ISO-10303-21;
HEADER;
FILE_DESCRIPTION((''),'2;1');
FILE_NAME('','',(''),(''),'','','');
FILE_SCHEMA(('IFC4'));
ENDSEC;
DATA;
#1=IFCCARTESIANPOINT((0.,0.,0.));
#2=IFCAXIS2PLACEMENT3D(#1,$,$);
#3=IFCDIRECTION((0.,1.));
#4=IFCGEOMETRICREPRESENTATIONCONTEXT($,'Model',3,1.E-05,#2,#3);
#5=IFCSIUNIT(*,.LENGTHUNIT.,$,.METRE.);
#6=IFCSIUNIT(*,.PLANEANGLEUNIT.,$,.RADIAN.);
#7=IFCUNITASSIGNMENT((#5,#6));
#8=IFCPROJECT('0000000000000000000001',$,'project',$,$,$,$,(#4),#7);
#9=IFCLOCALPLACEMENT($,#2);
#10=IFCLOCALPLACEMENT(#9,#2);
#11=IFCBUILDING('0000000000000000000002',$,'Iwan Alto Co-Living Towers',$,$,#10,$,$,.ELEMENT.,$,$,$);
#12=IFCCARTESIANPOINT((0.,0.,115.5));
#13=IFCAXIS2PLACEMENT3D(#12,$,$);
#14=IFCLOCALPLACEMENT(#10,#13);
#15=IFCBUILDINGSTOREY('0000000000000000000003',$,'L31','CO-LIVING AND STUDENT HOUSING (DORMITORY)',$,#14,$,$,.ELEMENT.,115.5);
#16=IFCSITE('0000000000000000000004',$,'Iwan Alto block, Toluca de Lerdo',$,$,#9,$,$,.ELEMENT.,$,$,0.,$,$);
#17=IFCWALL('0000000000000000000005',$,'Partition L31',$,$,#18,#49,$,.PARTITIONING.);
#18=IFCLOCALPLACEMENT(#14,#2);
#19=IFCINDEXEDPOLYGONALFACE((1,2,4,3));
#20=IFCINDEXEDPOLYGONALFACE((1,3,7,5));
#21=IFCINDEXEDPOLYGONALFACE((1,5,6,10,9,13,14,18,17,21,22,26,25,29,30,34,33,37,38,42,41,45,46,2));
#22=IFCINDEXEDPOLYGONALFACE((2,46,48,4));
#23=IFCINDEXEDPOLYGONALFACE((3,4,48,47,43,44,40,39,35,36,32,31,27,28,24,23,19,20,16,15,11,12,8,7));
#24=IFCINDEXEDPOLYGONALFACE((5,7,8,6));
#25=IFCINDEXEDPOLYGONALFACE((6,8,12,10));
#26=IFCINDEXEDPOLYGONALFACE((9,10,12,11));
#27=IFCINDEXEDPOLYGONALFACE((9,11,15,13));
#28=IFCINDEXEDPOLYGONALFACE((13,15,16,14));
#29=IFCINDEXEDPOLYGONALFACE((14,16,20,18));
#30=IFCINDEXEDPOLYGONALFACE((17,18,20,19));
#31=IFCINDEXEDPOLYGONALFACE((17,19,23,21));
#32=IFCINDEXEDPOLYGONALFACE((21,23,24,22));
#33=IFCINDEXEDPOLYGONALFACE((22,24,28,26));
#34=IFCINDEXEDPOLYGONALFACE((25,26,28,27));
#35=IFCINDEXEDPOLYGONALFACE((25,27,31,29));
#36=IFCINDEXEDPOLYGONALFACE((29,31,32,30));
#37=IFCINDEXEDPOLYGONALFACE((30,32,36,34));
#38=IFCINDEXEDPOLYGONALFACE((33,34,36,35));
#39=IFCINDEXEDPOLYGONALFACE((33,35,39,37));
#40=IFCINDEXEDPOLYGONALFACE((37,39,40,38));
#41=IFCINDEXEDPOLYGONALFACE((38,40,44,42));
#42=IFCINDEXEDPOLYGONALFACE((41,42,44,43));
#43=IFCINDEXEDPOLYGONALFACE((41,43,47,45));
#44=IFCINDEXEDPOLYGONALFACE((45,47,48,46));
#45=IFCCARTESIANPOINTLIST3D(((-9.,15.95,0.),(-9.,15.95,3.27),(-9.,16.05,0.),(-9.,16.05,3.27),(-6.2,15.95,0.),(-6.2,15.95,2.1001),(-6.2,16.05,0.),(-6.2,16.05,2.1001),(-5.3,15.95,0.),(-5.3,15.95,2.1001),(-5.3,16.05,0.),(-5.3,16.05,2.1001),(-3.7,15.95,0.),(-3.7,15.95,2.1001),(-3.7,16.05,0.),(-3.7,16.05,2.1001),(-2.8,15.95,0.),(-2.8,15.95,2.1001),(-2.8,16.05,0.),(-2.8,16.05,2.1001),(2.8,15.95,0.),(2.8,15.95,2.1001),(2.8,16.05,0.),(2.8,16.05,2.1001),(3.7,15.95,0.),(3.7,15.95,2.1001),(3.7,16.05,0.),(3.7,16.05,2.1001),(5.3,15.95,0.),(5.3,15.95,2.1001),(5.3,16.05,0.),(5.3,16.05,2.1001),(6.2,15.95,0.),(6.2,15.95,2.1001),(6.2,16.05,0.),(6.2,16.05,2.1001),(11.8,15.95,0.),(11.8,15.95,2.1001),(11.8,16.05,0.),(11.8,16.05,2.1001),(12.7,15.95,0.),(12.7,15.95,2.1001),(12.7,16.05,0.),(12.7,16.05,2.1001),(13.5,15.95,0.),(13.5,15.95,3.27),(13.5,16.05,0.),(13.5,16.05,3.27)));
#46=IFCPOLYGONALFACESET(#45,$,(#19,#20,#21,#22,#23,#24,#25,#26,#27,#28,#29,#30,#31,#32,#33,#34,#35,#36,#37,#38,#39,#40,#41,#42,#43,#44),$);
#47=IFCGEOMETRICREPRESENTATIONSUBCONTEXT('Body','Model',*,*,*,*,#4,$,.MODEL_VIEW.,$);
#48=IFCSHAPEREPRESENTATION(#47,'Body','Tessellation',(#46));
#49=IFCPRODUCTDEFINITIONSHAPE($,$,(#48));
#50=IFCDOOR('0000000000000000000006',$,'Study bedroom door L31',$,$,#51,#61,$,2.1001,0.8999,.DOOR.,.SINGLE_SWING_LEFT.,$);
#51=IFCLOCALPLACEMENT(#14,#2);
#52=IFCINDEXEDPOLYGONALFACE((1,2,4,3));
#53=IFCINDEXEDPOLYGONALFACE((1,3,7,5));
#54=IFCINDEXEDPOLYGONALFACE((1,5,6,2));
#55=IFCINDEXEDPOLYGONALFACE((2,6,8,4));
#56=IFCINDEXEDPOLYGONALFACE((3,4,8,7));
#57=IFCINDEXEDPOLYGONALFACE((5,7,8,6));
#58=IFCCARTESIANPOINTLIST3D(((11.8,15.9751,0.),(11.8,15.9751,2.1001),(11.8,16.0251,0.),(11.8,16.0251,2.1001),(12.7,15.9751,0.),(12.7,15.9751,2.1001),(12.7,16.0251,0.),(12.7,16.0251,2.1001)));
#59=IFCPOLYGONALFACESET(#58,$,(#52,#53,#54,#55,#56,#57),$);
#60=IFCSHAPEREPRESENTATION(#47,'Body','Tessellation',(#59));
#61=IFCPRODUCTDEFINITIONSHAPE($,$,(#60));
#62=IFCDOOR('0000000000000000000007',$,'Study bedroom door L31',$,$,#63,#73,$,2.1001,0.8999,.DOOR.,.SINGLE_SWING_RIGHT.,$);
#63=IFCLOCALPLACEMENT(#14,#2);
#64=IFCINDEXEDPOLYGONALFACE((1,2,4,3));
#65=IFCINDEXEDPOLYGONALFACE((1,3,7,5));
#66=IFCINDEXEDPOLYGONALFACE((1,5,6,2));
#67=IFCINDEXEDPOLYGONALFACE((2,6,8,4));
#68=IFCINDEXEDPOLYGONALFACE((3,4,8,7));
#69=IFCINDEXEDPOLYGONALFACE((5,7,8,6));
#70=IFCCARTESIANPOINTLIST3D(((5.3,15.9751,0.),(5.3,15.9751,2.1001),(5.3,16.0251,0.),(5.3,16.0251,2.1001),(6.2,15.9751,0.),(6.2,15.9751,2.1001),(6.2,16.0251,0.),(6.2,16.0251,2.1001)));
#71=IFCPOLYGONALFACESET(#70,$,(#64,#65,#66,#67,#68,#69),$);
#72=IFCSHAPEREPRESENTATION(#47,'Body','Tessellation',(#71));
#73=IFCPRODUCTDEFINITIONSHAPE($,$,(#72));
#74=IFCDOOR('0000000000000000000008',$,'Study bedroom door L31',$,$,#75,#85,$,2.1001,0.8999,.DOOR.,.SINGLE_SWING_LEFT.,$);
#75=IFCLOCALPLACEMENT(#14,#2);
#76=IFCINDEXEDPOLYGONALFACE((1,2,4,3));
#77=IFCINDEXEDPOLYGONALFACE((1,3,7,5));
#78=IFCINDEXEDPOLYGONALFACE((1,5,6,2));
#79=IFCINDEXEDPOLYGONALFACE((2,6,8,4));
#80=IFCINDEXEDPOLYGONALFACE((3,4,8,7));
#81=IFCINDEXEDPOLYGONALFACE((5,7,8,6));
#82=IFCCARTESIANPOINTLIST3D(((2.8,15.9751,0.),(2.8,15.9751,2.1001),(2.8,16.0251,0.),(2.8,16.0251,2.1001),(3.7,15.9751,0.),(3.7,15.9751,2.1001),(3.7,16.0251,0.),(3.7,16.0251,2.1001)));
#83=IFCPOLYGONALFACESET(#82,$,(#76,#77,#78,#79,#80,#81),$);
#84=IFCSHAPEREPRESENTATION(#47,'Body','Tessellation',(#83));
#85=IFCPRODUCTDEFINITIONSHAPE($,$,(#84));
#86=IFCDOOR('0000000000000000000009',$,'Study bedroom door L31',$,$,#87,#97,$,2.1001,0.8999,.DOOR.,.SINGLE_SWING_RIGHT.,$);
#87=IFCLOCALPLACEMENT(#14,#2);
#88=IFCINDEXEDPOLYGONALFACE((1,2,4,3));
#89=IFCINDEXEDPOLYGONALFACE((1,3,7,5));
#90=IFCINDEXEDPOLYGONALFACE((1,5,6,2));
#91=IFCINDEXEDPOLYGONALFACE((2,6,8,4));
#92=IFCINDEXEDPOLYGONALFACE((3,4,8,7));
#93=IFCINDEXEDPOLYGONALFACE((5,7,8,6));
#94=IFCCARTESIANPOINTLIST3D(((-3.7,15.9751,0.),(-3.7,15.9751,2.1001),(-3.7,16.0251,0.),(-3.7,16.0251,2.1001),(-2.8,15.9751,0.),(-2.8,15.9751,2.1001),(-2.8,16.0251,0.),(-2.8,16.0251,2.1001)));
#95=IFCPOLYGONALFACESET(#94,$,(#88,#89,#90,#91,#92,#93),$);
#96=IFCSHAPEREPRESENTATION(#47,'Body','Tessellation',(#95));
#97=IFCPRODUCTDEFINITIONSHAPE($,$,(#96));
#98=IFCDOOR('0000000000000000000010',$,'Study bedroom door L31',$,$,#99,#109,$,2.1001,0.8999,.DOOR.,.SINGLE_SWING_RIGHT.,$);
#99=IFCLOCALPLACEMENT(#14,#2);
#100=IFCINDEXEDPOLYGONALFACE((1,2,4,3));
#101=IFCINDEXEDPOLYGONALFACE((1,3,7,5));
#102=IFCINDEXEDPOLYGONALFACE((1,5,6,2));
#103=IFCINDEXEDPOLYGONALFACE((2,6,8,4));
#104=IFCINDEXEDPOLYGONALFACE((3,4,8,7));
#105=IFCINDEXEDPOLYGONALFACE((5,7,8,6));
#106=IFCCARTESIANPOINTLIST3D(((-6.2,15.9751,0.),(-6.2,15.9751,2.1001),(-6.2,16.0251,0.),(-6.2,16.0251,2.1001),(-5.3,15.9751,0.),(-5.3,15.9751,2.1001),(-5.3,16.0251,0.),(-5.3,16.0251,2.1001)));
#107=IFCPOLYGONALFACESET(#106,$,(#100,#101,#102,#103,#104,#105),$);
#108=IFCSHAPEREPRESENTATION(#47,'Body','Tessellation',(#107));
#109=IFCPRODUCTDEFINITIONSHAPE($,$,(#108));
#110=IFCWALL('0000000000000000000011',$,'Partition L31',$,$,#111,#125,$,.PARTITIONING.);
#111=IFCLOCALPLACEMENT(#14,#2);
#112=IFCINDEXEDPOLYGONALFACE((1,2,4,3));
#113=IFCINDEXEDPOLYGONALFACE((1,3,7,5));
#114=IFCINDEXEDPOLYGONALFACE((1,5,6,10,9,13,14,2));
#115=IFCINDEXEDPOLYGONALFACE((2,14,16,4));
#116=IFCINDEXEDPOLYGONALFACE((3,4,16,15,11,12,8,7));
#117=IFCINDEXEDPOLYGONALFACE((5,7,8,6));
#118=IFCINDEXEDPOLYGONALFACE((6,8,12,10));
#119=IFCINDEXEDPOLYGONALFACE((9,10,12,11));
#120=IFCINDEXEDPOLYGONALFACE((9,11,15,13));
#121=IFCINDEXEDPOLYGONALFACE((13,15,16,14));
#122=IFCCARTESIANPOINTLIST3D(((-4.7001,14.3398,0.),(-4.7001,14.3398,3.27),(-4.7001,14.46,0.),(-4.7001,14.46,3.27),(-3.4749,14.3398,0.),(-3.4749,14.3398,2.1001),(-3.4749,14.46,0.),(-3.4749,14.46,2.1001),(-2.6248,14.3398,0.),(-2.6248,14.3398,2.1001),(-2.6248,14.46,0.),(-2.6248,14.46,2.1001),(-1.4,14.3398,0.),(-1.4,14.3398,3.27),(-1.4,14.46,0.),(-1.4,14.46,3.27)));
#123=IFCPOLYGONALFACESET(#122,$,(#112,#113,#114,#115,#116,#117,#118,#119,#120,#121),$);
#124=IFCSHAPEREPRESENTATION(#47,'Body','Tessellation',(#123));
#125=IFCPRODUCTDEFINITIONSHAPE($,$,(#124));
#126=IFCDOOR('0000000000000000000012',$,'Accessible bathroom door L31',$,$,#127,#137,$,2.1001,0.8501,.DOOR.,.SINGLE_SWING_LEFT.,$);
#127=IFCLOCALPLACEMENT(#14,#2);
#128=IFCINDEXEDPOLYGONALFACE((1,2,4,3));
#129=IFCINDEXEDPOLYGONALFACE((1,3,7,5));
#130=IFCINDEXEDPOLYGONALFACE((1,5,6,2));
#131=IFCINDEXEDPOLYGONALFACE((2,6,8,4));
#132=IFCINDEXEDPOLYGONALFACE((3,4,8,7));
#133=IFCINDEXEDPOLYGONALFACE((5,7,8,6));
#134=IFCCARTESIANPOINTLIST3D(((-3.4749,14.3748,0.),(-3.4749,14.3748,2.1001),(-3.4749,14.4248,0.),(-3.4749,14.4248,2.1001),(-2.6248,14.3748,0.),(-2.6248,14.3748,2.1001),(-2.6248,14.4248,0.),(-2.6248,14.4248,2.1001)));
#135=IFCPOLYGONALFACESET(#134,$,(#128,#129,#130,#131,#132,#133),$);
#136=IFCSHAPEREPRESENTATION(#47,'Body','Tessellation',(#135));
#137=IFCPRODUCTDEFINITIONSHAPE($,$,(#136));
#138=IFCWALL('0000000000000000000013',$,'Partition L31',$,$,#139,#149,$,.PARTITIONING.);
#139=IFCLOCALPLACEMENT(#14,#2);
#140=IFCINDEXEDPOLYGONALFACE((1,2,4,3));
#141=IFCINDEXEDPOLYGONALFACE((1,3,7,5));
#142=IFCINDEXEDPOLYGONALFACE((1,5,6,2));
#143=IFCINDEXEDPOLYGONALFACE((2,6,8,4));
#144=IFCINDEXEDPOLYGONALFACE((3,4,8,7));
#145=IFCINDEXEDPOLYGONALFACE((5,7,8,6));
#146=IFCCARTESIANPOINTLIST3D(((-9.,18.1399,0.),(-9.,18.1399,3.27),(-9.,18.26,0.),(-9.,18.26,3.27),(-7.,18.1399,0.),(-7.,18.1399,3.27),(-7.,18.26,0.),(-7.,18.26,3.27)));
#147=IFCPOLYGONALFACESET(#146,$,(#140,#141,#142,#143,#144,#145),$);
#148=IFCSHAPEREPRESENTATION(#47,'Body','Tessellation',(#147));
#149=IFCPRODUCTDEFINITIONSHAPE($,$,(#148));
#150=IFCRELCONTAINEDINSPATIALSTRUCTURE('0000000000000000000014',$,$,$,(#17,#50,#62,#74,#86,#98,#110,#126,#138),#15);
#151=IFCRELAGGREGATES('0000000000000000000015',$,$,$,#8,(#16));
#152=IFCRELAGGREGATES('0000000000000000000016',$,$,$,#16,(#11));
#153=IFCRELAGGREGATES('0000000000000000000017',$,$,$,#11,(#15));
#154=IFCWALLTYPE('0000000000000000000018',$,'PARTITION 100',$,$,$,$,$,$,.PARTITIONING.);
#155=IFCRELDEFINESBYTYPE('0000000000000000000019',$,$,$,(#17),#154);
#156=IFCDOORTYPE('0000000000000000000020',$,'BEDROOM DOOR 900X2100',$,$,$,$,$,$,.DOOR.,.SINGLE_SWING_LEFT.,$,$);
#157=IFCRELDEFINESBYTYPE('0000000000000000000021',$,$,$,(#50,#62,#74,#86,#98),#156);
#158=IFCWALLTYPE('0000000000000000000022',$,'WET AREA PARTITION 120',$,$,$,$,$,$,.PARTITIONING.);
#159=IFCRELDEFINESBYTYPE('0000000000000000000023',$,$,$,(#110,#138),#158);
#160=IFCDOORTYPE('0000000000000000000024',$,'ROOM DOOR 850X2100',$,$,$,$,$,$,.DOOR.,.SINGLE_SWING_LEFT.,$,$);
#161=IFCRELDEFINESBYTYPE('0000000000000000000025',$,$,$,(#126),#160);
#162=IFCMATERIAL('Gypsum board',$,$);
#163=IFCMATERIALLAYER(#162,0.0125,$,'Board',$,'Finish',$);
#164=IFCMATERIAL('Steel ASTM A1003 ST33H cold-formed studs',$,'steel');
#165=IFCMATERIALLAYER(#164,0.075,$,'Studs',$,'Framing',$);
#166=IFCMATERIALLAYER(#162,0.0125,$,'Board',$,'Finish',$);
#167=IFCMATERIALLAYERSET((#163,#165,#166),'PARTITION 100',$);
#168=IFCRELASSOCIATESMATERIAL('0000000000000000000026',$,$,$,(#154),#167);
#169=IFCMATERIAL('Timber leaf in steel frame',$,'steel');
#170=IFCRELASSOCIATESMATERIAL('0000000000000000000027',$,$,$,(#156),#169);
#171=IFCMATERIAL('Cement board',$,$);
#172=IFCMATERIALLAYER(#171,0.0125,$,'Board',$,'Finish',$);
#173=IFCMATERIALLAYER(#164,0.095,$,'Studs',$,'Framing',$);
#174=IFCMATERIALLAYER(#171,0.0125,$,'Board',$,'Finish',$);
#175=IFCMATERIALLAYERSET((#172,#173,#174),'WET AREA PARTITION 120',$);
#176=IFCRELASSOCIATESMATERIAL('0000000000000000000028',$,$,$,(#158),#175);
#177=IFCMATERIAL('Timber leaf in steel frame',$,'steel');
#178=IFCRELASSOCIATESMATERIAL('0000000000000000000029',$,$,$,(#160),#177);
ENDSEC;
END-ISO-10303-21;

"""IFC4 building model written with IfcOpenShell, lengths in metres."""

from ifc_helpers import new_model, si_unit, direction, frame, frame_2d, origin, place, context, subcontext, project, spatial, rectangle, extrude, material, layer, layer_set, type_object, element, fill, save


model = new_model("IFC4")

# Units and contexts
model_context = context("Model", 3, precision=1e-05, world=origin(), true_north=direction((0.0, 1.0)))
body_context = subcontext(model_context, "Body", "Model", "MODEL_VIEW")
ifc_project = project(units=[si_unit("LENGTHUNIT", "METRE"), si_unit("PLANEANGLEUNIT", "RADIAN")], contexts=[model_context])

# Site, building, storey
site_placement = place(None, origin())
site = spatial("IfcSite", under=ifc_project, at=site_placement, Name="Iwan Alto block, Toluca de Lerdo", CompositionType="ELEMENT", RefElevation=0.0)
building_placement = place(site_placement, origin())
building = spatial("IfcBuilding", under=site, at=building_placement, Name="Iwan Alto Co-Living Towers", CompositionType="ELEMENT")
storey_placement = place(building_placement, frame((0.0, 0.0, 115.5)))
storey = spatial("IfcBuildingStorey", under=building, at=storey_placement, Name="L31", Description="CO-LIVING AND STUDENT HOUSING (DORMITORY)", CompositionType="ELEMENT", Elevation=115.5)

# Shared definitions
ifc_material_1 = material(Name="Gypsum board")
ifc_material_2 = material(Name="Steel ASTM A1003 ST33H cold-formed studs", Category="steel")

# Wall, openings, doors
ifc_layer_1 = layer(ifc_material_1, 0.0125, Name="Board", Category="Finish")
ifc_layer_2 = layer(ifc_material_2, 0.075, Name="Studs", Category="Framing")
ifc_layer_3 = layer(ifc_material_1, 0.0125, Name="Board", Category="Finish")
ifc_layer_set_1 = layer_set([ifc_layer_1, ifc_layer_2, ifc_layer_3], Name="PARTITION 100")
wall_type_1 = type_object("IfcWallType", Name="PARTITION 100", PredefinedType="PARTITIONING", material=ifc_layer_set_1)
wall_1_placement = place(storey_placement, frame((-9.0, 16.0, 0.0), z_axis=(0.0, 0.0, 1.0), x_axis=(1.0, 0.0, 0.0)))
wall_1 = element("IfcWall", 1, at=wall_1_placement, inside=storey, type_object=wall_type_1, Name="Partition L31", PredefinedType="PARTITIONING", context=body_context, shape_type="SweptSolid", body=[
    extrude(rectangle(XDim=22.5, YDim=0.1001, at=frame_2d((11.25, 0.0))), origin(), (0.0, 0.0, 1.0), 3.27),
])
opening_1_placement = place(wall_1_placement, frame((20.8, 0.0, 0.0)))
opening_1 = element("IfcOpeningElement", 2, at=opening_1_placement, cuts=wall_1, PredefinedType="OPENING", context=body_context, shape_type="SweptSolid", body=[
    extrude(rectangle(XDim=0.8999, YDim=2.1001, at=frame_2d((0.45, 1.05))), frame((0.0, 0.0601, 0.0), z_axis=(0.0, -1.0, 0.0), x_axis=(1.0, 0.0, 0.0)), (0.0, 0.0, 1.0), 0.1201),
])
opening_2_placement = place(wall_1_placement, frame((14.3, 0.0, 0.0)))
opening_2 = element("IfcOpeningElement", 3, at=opening_2_placement, cuts=wall_1, PredefinedType="OPENING", context=body_context, shape_type="SweptSolid", body=[
    extrude(rectangle(XDim=0.8999, YDim=2.1001, at=frame_2d((0.45, 1.05))), frame((0.0, 0.0601, 0.0), z_axis=(0.0, -1.0, 0.0), x_axis=(1.0, 0.0, 0.0)), (0.0, 0.0, 1.0), 0.1201),
])
opening_3_placement = place(wall_1_placement, frame((11.8, 0.0, 0.0)))
opening_3 = element("IfcOpeningElement", 4, at=opening_3_placement, cuts=wall_1, PredefinedType="OPENING", context=body_context, shape_type="SweptSolid", body=[
    extrude(rectangle(XDim=0.8999, YDim=2.1001, at=frame_2d((0.45, 1.05))), frame((0.0, 0.0601, 0.0), z_axis=(0.0, -1.0, 0.0), x_axis=(1.0, 0.0, 0.0)), (0.0, 0.0, 1.0), 0.1201),
])
opening_4_placement = place(wall_1_placement, frame((5.3, 0.0, 0.0)))
opening_4 = element("IfcOpeningElement", 5, at=opening_4_placement, cuts=wall_1, PredefinedType="OPENING", context=body_context, shape_type="SweptSolid", body=[
    extrude(rectangle(XDim=0.8999, YDim=2.1001, at=frame_2d((0.45, 1.05))), frame((0.0, 0.0601, 0.0), z_axis=(0.0, -1.0, 0.0), x_axis=(1.0, 0.0, 0.0)), (0.0, 0.0, 1.0), 0.1201),
])
opening_5_placement = place(wall_1_placement, frame((2.8, 0.0, 0.0)))
opening_5 = element("IfcOpeningElement", 6, at=opening_5_placement, cuts=wall_1, PredefinedType="OPENING", context=body_context, shape_type="SweptSolid", body=[
    extrude(rectangle(XDim=0.8999, YDim=2.1001, at=frame_2d((0.45, 1.05))), frame((0.0, 0.0601, 0.0), z_axis=(0.0, -1.0, 0.0), x_axis=(1.0, 0.0, 0.0)), (0.0, 0.0, 1.0), 0.1201),
])
ifc_material_3 = material(Name="Timber leaf in steel frame", Category="steel")
door_type_1 = type_object("IfcDoorType", Name="BEDROOM DOOR 900X2100", OperationType="SINGLE_SWING_LEFT", PredefinedType="DOOR", material=ifc_material_3)
door_1_placement = place(opening_1_placement, frame((0.8999, 0.0, 0.0), z_axis=(0.0, 0.0, 1.0), x_axis=(-1.0, 0.0, 0.0)))
door_1 = element("IfcDoor", 7, at=door_1_placement, inside=storey, type_object=door_type_1, Name="Study bedroom door L31", OperationType="SINGLE_SWING_LEFT", OverallHeight=2.1001, OverallWidth=0.8999, PredefinedType="DOOR", context=body_context, shape_type="SweptSolid", body=[
    extrude(rectangle(XDim=0.8999, YDim=2.1001, at=frame_2d((0.45, 1.05))), frame((0.0, 0.0249, 0.0), z_axis=(0.0, -1.0, 0.0), x_axis=(1.0, 0.0, 0.0)), (0.0, 0.0, 1.0), 0.05),
])
fill(opening_1, door_1)
door_2_placement = place(opening_2_placement, frame((0.8999, 0.0, 0.0), z_axis=(0.0, 0.0, 1.0), x_axis=(-1.0, 0.0, 0.0)))
door_2 = element("IfcDoor", 8, at=door_2_placement, inside=storey, type_object=door_type_1, Name="Study bedroom door L31", OperationType="SINGLE_SWING_RIGHT", OverallHeight=2.1001, OverallWidth=0.8999, PredefinedType="DOOR", context=body_context, shape_type="SweptSolid", body=[
    extrude(rectangle(XDim=0.8999, YDim=2.1001, at=frame_2d((0.45, 1.05))), frame((0.0, 0.0249, 0.0), z_axis=(0.0, -1.0, 0.0), x_axis=(1.0, 0.0, 0.0)), (0.0, 0.0, 1.0), 0.05),
])
fill(opening_2, door_2)
door_3_placement = place(opening_3_placement, frame((0.8999, 0.0, 0.0), z_axis=(0.0, 0.0, 1.0), x_axis=(-1.0, 0.0, 0.0)))
door_3 = element("IfcDoor", 9, at=door_3_placement, inside=storey, type_object=door_type_1, Name="Study bedroom door L31", OperationType="SINGLE_SWING_LEFT", OverallHeight=2.1001, OverallWidth=0.8999, PredefinedType="DOOR", context=body_context, shape_type="SweptSolid", body=[
    extrude(rectangle(XDim=0.8999, YDim=2.1001, at=frame_2d((0.45, 1.05))), frame((0.0, 0.0249, 0.0), z_axis=(0.0, -1.0, 0.0), x_axis=(1.0, 0.0, 0.0)), (0.0, 0.0, 1.0), 0.05),
])
fill(opening_3, door_3)
door_4_placement = place(opening_4_placement, frame((0.8999, 0.0, 0.0), z_axis=(0.0, 0.0, 1.0), x_axis=(-1.0, 0.0, 0.0)))
door_4 = element("IfcDoor", 10, at=door_4_placement, inside=storey, type_object=door_type_1, Name="Study bedroom door L31", OperationType="SINGLE_SWING_RIGHT", OverallHeight=2.1001, OverallWidth=0.8999, PredefinedType="DOOR", context=body_context, shape_type="SweptSolid", body=[
    extrude(rectangle(XDim=0.8999, YDim=2.1001, at=frame_2d((0.45, 1.05))), frame((0.0, 0.0249, 0.0), z_axis=(0.0, -1.0, 0.0), x_axis=(1.0, 0.0, 0.0)), (0.0, 0.0, 1.0), 0.05),
])
fill(opening_4, door_4)
door_5_placement = place(opening_5_placement, frame((0.8999, 0.0, 0.0), z_axis=(0.0, 0.0, 1.0), x_axis=(-1.0, 0.0, 0.0)))
door_5 = element("IfcDoor", 11, at=door_5_placement, inside=storey, type_object=door_type_1, Name="Study bedroom door L31", OperationType="SINGLE_SWING_RIGHT", OverallHeight=2.1001, OverallWidth=0.8999, PredefinedType="DOOR", context=body_context, shape_type="SweptSolid", body=[
    extrude(rectangle(XDim=0.8999, YDim=2.1001, at=frame_2d((0.45, 1.05))), frame((0.0, 0.0249, 0.0), z_axis=(0.0, -1.0, 0.0), x_axis=(1.0, 0.0, 0.0)), (0.0, 0.0, 1.0), 0.05),
])
fill(opening_5, door_5)

# Wall, opening, door
ifc_material_4 = material(Name="Cement board")
ifc_layer_4 = layer(ifc_material_4, 0.0125, Name="Board", Category="Finish")
ifc_layer_5 = layer(ifc_material_2, 0.095, Name="Studs", Category="Framing")
ifc_layer_6 = layer(ifc_material_4, 0.0125, Name="Board", Category="Finish")
ifc_layer_set_2 = layer_set([ifc_layer_4, ifc_layer_5, ifc_layer_6], Name="WET AREA PARTITION 120")
wall_type_2 = type_object("IfcWallType", Name="WET AREA PARTITION 120", PredefinedType="PARTITIONING", material=ifc_layer_set_2)
wall_2_placement = place(storey_placement, frame((-4.7, 14.3999, 0.0), z_axis=(0.0, 0.0, 1.0), x_axis=(1.0, 0.0, 0.0)))
wall_2 = element("IfcWall", 12, at=wall_2_placement, inside=storey, type_object=wall_type_2, Name="Partition L31", PredefinedType="PARTITIONING", context=body_context, shape_type="SweptSolid", body=[
    extrude(rectangle(XDim=3.3, YDim=0.1201, at=frame_2d((1.6499, 0.0))), origin(), (0.0, 0.0, 1.0), 3.27),
])
opening_6_placement = place(wall_2_placement, frame((1.2251, 0.0, 0.0)))
opening_6 = element("IfcOpeningElement", 13, at=opening_6_placement, cuts=wall_2, PredefinedType="OPENING", context=body_context, shape_type="SweptSolid", body=[
    extrude(rectangle(XDim=0.8501, YDim=2.1001, at=frame_2d((0.425, 1.05))), frame((0.0, 0.0701, 0.0), z_axis=(0.0, -1.0, 0.0), x_axis=(1.0, 0.0, 0.0)), (0.0, 0.0, 1.0), 0.1401),
])
ifc_material_5 = material(Name="Timber leaf in steel frame", Category="steel")
door_type_2 = type_object("IfcDoorType", Name="ROOM DOOR 850X2100", OperationType="SINGLE_SWING_LEFT", PredefinedType="DOOR", material=ifc_material_5)
door_6_placement = place(opening_6_placement, origin())
door_6 = element("IfcDoor", 14, at=door_6_placement, inside=storey, type_object=door_type_2, Name="Accessible bathroom door L31", OperationType="SINGLE_SWING_LEFT", OverallHeight=2.1001, OverallWidth=0.8501, PredefinedType="DOOR", context=body_context, shape_type="SweptSolid", body=[
    extrude(rectangle(XDim=0.8501, YDim=2.1001, at=frame_2d((0.425, 1.05))), frame((0.0, 0.0249, 0.0), z_axis=(0.0, -1.0, 0.0), x_axis=(1.0, 0.0, 0.0)), (0.0, 0.0, 1.0), 0.05),
])
fill(opening_6, door_6)

# Wall
wall_3_placement = place(storey_placement, frame((-9.0, 18.2, 0.0), z_axis=(0.0, 0.0, 1.0), x_axis=(1.0, 0.0, 0.0)))
element("IfcWall", 15, at=wall_3_placement, inside=storey, type_object=wall_type_2, Name="Partition L31", PredefinedType="PARTITIONING", context=body_context, shape_type="SweptSolid", body=[
    extrude(rectangle(XDim=2.0, YDim=0.1201, at=frame_2d((1.0, 0.0))), origin(), (0.0, 0.0, 1.0), 3.27),
])

save(model, "model.ifc")
